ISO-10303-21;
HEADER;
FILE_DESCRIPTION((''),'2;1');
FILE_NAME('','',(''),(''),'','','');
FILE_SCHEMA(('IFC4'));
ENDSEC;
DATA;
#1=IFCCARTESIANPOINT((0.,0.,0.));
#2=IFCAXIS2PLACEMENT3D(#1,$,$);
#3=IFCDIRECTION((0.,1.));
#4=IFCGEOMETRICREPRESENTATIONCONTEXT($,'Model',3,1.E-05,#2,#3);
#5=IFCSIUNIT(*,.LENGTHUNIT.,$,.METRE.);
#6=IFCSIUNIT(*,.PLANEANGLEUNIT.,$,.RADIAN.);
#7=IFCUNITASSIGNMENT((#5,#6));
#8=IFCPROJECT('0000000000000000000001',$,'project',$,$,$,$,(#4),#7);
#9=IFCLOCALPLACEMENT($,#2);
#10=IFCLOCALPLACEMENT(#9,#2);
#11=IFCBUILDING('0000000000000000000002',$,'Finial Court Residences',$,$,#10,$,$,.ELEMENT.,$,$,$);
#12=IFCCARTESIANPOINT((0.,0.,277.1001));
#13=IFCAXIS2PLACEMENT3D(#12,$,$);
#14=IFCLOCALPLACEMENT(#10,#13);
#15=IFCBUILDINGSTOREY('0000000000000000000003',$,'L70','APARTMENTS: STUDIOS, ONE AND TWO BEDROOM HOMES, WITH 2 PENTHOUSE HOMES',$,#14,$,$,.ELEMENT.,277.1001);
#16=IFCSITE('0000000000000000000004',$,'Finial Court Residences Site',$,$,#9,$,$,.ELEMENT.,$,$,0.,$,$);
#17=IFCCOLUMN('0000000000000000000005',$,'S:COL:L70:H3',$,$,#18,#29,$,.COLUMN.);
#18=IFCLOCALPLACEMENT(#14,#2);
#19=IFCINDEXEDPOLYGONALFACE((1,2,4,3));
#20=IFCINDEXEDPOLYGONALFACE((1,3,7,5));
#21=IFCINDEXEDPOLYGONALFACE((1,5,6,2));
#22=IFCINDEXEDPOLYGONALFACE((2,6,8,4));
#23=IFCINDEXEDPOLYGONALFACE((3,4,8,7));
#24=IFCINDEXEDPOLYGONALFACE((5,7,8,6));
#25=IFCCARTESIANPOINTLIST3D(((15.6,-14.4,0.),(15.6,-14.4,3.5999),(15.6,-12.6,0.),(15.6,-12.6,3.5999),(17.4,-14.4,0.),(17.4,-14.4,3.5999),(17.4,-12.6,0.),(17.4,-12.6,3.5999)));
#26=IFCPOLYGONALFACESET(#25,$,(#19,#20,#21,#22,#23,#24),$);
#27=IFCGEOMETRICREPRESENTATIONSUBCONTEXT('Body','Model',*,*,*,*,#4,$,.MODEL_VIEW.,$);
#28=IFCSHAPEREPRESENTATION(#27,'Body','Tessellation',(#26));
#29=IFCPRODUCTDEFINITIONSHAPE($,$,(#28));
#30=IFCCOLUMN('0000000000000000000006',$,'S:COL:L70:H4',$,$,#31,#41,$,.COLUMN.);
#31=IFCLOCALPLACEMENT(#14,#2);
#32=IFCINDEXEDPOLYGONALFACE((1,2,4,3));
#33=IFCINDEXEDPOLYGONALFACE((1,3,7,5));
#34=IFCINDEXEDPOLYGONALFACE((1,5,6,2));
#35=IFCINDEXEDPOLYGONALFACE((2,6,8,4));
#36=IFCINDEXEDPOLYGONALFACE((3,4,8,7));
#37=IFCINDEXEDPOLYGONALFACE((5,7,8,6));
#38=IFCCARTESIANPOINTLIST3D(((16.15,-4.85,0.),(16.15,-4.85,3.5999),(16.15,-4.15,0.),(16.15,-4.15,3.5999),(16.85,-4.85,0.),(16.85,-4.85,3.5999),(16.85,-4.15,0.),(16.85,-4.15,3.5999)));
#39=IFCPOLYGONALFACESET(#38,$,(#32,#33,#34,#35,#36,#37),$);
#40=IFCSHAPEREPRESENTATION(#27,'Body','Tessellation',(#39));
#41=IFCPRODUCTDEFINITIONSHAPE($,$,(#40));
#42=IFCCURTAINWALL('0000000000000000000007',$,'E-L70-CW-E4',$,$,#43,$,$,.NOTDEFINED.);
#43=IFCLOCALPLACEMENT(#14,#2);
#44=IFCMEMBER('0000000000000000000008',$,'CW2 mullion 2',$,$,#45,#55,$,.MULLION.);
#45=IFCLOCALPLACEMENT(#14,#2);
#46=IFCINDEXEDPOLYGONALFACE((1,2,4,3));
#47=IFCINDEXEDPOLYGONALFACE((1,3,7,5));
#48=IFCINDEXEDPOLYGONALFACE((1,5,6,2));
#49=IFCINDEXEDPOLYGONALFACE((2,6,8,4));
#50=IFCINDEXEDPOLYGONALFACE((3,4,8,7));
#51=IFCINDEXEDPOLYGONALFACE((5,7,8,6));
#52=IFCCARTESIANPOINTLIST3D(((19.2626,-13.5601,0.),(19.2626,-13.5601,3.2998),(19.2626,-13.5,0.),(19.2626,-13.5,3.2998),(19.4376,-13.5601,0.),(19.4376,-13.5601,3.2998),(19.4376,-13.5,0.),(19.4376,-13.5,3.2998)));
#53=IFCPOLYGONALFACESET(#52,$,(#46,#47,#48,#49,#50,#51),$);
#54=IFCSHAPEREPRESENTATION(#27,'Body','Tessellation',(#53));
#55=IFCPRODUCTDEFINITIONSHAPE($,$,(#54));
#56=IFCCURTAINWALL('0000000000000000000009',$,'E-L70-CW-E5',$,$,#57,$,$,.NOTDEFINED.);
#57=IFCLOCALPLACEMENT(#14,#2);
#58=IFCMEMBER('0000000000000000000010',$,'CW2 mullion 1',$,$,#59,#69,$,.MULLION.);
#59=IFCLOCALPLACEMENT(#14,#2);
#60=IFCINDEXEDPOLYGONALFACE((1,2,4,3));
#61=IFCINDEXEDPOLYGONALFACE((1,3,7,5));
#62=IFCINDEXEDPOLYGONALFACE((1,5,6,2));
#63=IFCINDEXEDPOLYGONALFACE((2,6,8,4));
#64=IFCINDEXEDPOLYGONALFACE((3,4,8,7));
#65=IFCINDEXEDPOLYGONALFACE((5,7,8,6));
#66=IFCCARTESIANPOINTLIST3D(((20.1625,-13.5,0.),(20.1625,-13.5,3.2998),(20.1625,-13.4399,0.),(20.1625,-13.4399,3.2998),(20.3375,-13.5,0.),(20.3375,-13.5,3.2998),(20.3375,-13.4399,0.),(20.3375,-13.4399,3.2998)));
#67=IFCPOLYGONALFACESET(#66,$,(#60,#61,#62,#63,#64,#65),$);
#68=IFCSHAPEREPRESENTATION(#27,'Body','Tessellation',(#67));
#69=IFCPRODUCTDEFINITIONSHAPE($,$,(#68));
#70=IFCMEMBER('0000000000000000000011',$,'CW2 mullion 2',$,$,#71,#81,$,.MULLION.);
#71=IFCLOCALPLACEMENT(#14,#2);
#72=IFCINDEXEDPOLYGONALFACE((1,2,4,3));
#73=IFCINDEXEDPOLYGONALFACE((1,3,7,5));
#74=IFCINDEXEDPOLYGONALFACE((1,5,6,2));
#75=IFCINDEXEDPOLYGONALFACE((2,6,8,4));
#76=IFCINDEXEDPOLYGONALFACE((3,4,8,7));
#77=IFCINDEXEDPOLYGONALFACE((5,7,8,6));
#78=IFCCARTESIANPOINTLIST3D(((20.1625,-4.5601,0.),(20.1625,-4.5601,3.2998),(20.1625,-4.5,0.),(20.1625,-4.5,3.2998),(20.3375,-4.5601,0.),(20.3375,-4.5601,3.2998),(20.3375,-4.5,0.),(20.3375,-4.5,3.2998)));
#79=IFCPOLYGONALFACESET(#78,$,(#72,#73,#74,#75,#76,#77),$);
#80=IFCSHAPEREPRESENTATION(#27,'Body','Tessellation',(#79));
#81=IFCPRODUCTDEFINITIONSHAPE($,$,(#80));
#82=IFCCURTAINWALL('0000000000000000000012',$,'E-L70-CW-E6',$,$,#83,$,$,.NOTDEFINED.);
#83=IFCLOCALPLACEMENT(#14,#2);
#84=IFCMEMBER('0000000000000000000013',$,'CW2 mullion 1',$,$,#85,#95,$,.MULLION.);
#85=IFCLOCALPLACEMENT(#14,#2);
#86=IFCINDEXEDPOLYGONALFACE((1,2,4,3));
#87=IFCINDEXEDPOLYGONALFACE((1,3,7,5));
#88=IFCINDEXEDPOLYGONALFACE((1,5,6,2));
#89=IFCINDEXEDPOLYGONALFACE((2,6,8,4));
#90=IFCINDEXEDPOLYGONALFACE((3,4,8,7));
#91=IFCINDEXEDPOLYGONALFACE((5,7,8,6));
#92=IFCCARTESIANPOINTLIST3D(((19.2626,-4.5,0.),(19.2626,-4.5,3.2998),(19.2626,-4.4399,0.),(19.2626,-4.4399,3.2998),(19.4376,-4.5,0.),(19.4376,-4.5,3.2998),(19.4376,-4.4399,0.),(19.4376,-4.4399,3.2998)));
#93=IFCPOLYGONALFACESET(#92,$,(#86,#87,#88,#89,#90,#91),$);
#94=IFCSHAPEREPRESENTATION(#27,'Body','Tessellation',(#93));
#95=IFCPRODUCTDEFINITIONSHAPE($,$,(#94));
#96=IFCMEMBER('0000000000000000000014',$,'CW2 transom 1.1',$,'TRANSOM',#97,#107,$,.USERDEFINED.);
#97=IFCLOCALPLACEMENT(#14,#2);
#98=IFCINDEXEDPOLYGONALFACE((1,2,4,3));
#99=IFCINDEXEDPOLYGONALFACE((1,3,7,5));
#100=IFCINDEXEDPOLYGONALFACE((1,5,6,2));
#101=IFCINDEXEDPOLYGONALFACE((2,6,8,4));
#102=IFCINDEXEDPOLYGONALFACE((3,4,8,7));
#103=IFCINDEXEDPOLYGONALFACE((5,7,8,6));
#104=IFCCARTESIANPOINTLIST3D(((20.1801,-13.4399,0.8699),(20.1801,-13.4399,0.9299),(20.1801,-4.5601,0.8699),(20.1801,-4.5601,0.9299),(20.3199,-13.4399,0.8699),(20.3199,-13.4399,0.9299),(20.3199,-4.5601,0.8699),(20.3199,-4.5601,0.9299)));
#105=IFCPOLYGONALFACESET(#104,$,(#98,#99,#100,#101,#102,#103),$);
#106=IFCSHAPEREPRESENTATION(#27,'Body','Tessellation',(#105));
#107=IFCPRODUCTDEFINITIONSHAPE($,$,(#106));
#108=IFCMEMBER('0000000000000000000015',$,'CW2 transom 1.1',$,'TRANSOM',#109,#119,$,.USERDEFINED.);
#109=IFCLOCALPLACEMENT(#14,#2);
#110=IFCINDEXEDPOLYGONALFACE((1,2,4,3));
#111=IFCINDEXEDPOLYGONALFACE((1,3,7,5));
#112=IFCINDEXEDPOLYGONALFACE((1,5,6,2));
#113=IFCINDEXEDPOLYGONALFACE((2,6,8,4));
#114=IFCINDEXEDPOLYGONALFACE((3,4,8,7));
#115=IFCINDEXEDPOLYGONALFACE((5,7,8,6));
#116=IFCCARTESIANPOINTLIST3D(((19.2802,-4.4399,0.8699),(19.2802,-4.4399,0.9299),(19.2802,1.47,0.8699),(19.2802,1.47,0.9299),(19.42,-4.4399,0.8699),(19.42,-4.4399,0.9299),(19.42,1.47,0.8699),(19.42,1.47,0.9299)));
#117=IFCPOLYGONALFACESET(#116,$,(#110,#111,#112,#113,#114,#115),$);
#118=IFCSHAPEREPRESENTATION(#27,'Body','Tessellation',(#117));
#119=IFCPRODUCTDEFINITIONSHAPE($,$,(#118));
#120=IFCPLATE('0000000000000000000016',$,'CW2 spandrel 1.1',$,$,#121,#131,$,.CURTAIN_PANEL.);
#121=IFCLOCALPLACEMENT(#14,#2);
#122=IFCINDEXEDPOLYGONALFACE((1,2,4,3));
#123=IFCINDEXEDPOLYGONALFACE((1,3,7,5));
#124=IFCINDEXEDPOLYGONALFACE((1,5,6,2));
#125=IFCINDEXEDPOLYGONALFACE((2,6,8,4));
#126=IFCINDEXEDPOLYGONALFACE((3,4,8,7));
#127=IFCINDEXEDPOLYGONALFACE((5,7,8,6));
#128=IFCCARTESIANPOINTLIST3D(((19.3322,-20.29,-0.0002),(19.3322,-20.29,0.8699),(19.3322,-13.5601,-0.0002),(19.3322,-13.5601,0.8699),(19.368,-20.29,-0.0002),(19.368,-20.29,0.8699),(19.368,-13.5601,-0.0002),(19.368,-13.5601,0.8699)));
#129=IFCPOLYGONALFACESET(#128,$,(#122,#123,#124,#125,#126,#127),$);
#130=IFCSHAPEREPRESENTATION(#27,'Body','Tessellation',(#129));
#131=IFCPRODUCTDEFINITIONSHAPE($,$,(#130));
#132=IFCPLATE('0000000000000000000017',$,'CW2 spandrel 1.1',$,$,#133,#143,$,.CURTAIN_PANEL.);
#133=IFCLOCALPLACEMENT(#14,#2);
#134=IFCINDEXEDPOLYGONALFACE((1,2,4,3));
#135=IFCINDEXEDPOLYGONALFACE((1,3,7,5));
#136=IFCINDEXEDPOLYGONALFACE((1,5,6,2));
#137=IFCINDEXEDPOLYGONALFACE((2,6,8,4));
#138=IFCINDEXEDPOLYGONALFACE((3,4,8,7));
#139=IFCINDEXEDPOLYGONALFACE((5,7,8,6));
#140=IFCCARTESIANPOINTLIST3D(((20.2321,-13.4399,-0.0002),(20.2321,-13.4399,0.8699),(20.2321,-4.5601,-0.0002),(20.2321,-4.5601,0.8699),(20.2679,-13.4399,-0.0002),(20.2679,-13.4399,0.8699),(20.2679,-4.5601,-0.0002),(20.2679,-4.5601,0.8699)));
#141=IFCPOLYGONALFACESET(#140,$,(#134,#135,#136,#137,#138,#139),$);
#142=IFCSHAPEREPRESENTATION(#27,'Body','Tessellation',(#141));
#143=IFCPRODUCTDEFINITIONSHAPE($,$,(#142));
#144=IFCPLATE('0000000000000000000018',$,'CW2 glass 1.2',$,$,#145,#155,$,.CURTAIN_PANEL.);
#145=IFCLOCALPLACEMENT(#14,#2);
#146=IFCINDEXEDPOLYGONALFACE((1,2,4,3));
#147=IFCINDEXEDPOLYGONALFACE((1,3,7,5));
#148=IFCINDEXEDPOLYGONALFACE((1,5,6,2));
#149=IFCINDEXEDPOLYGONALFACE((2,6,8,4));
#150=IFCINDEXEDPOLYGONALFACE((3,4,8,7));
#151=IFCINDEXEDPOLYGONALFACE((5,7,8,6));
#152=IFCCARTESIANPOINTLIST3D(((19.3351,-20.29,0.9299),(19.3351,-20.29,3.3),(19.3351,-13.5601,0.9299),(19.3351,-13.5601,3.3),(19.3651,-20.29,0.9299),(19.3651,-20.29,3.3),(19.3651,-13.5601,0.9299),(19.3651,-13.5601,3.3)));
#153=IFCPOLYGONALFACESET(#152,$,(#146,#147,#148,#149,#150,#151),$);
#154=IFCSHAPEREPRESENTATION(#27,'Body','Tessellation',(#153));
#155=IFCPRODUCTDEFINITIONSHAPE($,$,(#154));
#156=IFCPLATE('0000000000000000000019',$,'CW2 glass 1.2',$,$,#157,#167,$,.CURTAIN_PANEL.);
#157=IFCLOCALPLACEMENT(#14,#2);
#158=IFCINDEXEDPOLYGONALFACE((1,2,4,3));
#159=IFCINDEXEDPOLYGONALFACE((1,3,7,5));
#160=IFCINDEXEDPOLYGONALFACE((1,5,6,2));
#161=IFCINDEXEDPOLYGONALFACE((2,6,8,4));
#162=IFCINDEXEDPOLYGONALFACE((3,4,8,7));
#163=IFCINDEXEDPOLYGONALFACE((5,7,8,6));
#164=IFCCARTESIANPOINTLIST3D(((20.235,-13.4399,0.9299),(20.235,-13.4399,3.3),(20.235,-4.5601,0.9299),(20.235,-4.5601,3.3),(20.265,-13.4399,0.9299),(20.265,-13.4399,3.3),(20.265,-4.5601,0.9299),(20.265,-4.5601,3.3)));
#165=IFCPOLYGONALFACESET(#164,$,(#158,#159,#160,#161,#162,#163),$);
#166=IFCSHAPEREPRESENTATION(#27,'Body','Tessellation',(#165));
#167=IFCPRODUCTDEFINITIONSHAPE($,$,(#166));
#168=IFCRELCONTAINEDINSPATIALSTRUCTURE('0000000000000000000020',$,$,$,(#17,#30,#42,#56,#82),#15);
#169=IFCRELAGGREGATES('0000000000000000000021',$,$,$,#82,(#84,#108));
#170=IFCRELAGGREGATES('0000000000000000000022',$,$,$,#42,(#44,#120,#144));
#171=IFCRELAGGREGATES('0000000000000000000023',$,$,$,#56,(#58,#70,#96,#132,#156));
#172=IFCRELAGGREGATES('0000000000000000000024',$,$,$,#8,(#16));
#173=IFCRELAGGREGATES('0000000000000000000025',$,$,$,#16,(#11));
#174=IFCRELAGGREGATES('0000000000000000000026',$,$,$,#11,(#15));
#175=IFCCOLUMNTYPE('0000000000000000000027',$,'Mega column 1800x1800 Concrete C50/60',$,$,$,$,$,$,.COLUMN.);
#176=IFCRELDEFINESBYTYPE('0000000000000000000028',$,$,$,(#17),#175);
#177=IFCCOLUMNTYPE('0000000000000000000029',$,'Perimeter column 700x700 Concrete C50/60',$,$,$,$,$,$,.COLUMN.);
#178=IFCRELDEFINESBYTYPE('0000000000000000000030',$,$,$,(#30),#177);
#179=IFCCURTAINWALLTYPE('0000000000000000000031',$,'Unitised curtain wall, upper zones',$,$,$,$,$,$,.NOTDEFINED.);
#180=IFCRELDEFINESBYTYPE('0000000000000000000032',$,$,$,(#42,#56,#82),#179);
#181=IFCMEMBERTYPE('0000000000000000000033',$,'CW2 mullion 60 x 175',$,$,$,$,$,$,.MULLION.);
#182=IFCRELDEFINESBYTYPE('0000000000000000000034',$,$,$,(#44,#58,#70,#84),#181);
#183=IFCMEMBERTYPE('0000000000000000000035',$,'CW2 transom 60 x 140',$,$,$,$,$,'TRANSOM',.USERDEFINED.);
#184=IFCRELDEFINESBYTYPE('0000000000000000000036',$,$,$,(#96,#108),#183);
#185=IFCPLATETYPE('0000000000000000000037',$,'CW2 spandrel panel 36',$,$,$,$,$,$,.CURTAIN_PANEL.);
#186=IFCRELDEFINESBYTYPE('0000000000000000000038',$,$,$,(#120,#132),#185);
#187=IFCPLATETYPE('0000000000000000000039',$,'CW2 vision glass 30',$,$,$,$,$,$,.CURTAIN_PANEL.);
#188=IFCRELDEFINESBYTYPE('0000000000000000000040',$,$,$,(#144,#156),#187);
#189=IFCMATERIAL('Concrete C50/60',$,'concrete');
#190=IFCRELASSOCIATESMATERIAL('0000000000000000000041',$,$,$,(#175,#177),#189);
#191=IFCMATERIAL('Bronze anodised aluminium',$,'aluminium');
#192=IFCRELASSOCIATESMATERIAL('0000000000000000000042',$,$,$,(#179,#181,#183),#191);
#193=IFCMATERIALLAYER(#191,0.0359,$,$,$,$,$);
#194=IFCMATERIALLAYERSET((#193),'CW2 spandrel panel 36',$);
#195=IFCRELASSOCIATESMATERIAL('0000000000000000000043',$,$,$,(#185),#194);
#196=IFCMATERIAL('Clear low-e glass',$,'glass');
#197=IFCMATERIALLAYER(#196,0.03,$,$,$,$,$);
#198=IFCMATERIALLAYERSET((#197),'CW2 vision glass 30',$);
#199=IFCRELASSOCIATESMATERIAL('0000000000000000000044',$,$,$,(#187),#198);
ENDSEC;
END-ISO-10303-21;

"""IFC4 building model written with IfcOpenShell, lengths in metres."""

from ifc_helpers import new_model, si_unit, direction, frame, origin, origin_2d, place, context, subcontext, project, spatial, rectangle, extrude, material, layer, layer_set, material_profile, profile_set, type_object, element, aggregate, save


model = new_model("IFC4")

# Units and contexts
model_context = context("Model", 3, precision=1e-05, world=origin(), true_north=direction((0.0, 1.0)))
body_context = subcontext(model_context, "Body", "Model", "MODEL_VIEW")
ifc_project = project(units=[si_unit("LENGTHUNIT", "METRE"), si_unit("PLANEANGLEUNIT", "RADIAN")], contexts=[model_context])

# Site, building, storey
site_placement = place(None, origin())
site = spatial("IfcSite", under=ifc_project, at=site_placement, Name="Finial Court Residences Site", CompositionType="ELEMENT", RefElevation=0.0)
building_placement = place(site_placement, origin())
building = spatial("IfcBuilding", under=site, at=building_placement, Name="Finial Court Residences", CompositionType="ELEMENT")
storey_placement = place(building_placement, frame((0.0, 0.0, 277.1001)))
storey = spatial("IfcBuildingStorey", under=building, at=storey_placement, Name="L70", Description="APARTMENTS: STUDIOS, ONE AND TWO BEDROOM HOMES, WITH 2 PENTHOUSE HOMES", CompositionType="ELEMENT", Elevation=277.1001)

# Columns
ifc_material_1 = material(Name="Concrete C50/60", Category="concrete")
ifc_material_profile_1 = material_profile(ifc_material_1, rectangle(XDim=1.8, YDim=1.8, at=origin_2d()), Name="1800x1800")
ifc_profile_set_1 = profile_set([ifc_material_profile_1], Name="Concrete C50/60")
column_type_1 = type_object("IfcColumnType", Name="Mega column 1800x1800 Concrete C50/60", PredefinedType="COLUMN", material=ifc_profile_set_1)
column_1_placement = place(storey_placement, frame((16.5, -13.5, 0.0), z_axis=(0.0, 0.0, 1.0), x_axis=(1.0, 0.0, 0.0)))
element("IfcColumn", 1, at=column_1_placement, inside=storey, type_object=column_type_1, Name="S:COL:L70:H3", PredefinedType="COLUMN", context=body_context, shape_type="SweptSolid", body=[
    extrude(rectangle(XDim=1.8, YDim=1.8, at=origin_2d()), origin(), (0.0, 0.0, 1.0), 3.5999),
])
ifc_material_profile_2 = material_profile(ifc_material_1, rectangle(XDim=0.7, YDim=0.7, at=origin_2d()), Name="700x700")
ifc_profile_set_2 = profile_set([ifc_material_profile_2], Name="Concrete C50/60")
column_type_2 = type_object("IfcColumnType", Name="Perimeter column 700x700 Concrete C50/60", PredefinedType="COLUMN", material=ifc_profile_set_2)
column_2_placement = place(storey_placement, frame((16.5, -4.5, 0.0), z_axis=(0.0, 0.0, 1.0), x_axis=(1.0, 0.0, 0.0)))
element("IfcColumn", 2, at=column_2_placement, inside=storey, type_object=column_type_2, Name="S:COL:L70:H4", PredefinedType="COLUMN", context=body_context, shape_type="SweptSolid", body=[
    extrude(rectangle(XDim=0.7, YDim=0.7, at=origin_2d()), origin(), (0.0, 0.0, 1.0), 3.5999),
])

# Curtain wall, member
ifc_material_2 = material(Name="Bronze anodised aluminium", Category="aluminium")
curtain_wall_type = type_object("IfcCurtainWallType", Name="Unitised curtain wall, upper zones", PredefinedType="NOTDEFINED", material=ifc_material_2)
curtain_wall_1_placement = place(storey_placement, origin())
curtain_wall_1 = element("IfcCurtainWall", 3, at=curtain_wall_1_placement, inside=storey, type_object=curtain_wall_type, Name="E-L70-CW-E4", PredefinedType="NOTDEFINED")
ifc_material_profile_3 = material_profile(ifc_material_2, rectangle(XDim=0.175, YDim=0.0601, at=origin_2d()), Name="CW2 mullion 60 x 175")
ifc_profile_set_3 = profile_set([ifc_material_profile_3], Name="Bronze anodised aluminium")
member_type_1 = type_object("IfcMemberType", Name="CW2 mullion 60 x 175", PredefinedType="MULLION", material=ifc_profile_set_3)
member_1_placement = place(storey_placement, frame((19.3501, -13.53, 0.0), z_axis=(0.0, 0.0, 1.0), x_axis=(-1.0, 0.0, 0.0)))
member_1 = element("IfcMember", 4, at=member_1_placement, type_object=member_type_1, Name="CW2 mullion 2", PredefinedType="MULLION", context=body_context, shape_type="SweptSolid", body=[
    extrude(rectangle(XDim=0.175, YDim=0.0601, at=origin_2d()), origin(), (0.0, 0.0, 1.0), 3.2998),
])

# Curtain wall, members
curtain_wall_2_placement = place(storey_placement, origin())
curtain_wall_2 = element("IfcCurtainWall", 5, at=curtain_wall_2_placement, inside=storey, type_object=curtain_wall_type, Name="E-L70-CW-E5", PredefinedType="NOTDEFINED")
member_2_placement = place(storey_placement, frame((20.25, -13.47, 0.0), z_axis=(0.0, 0.0, 1.0), x_axis=(-1.0, 0.0, 0.0)))
member_2 = element("IfcMember", 6, at=member_2_placement, type_object=member_type_1, Name="CW2 mullion 1", PredefinedType="MULLION", context=body_context, shape_type="SweptSolid", body=[
    extrude(rectangle(XDim=0.175, YDim=0.0601, at=origin_2d()), origin(), (0.0, 0.0, 1.0), 3.2998),
])
member_3_placement = place(storey_placement, frame((20.25, -4.53, 0.0), z_axis=(0.0, 0.0, 1.0), x_axis=(-1.0, 0.0, 0.0)))
member_3 = element("IfcMember", 7, at=member_3_placement, type_object=member_type_1, Name="CW2 mullion 2", PredefinedType="MULLION", context=body_context, shape_type="SweptSolid", body=[
    extrude(rectangle(XDim=0.175, YDim=0.0601, at=origin_2d()), origin(), (0.0, 0.0, 1.0), 3.2998),
])

# Curtain wall, member
curtain_wall_3_placement = place(storey_placement, origin())
curtain_wall_3 = element("IfcCurtainWall", 8, at=curtain_wall_3_placement, inside=storey, type_object=curtain_wall_type, Name="E-L70-CW-E6", PredefinedType="NOTDEFINED")
member_4_placement = place(storey_placement, frame((19.3501, -4.47, 0.0), z_axis=(0.0, 0.0, 1.0), x_axis=(-1.0, 0.0, 0.0)))
member_4 = element("IfcMember", 9, at=member_4_placement, type_object=member_type_1, Name="CW2 mullion 1", PredefinedType="MULLION", context=body_context, shape_type="SweptSolid", body=[
    extrude(rectangle(XDim=0.175, YDim=0.0601, at=origin_2d()), origin(), (0.0, 0.0, 1.0), 3.2998),
])

# Members
ifc_material_profile_4 = material_profile(ifc_material_2, rectangle(XDim=0.1399, YDim=0.0601, at=origin_2d()), Name="CW2 transom 60 x 140")
ifc_profile_set_4 = profile_set([ifc_material_profile_4], Name="Bronze anodised aluminium")
member_type_2 = type_object("IfcMemberType", Name="CW2 transom 60 x 140", ElementType="TRANSOM", PredefinedType="USERDEFINED", material=ifc_profile_set_4)
member_5_placement = place(storey_placement, frame((20.25, -13.4399, 0.8999), z_axis=(0.0, 1.0, 0.0), x_axis=(-1.0, 0.0, 0.0)))
member_5 = element("IfcMember", 10, at=member_5_placement, type_object=member_type_2, Name="CW2 transom 1.1", ObjectType="TRANSOM", PredefinedType="USERDEFINED", context=body_context, shape_type="SweptSolid", body=[
    extrude(rectangle(XDim=0.1399, YDim=0.0601, at=origin_2d()), origin(), (0.0, 0.0, 1.0), 8.8799),
])
member_6_placement = place(storey_placement, frame((19.3501, -4.4399, 0.8999), z_axis=(0.0, 1.0, 0.0), x_axis=(-1.0, 0.0, 0.0)))
member_6 = element("IfcMember", 11, at=member_6_placement, type_object=member_type_2, Name="CW2 transom 1.1", ObjectType="TRANSOM", PredefinedType="USERDEFINED", context=body_context, shape_type="SweptSolid", body=[
    extrude(rectangle(XDim=0.1399, YDim=0.0601, at=origin_2d()), origin(), (0.0, 0.0, 1.0), 5.9099),
])
aggregate(curtain_wall_3, [member_4, member_6])

# Plates
ifc_layer_1 = layer(ifc_material_2, 0.0359)
ifc_layer_set_1 = layer_set([ifc_layer_1], Name="CW2 spandrel panel 36")
plate_type_1 = type_object("IfcPlateType", Name="CW2 spandrel panel 36", PredefinedType="CURTAIN_PANEL", material=ifc_layer_set_1)
plate_1_placement = place(storey_placement, frame((19.3501, -16.925, -0.0002), z_axis=(0.0, 0.0, 1.0), x_axis=(0.0, 1.0, 0.0)))
plate_1 = element("IfcPlate", 12, at=plate_1_placement, type_object=plate_type_1, Name="CW2 spandrel 1.1", PredefinedType="CURTAIN_PANEL", context=body_context, shape_type="SweptSolid", body=[
    extrude(rectangle(XDim=6.73, YDim=0.0359, at=origin_2d()), origin(), (0.0, 0.0, 1.0), 0.8701),
])
plate_2_placement = place(storey_placement, frame((20.25, -9.0, -0.0002), z_axis=(0.0, 0.0, 1.0), x_axis=(0.0, 1.0, 0.0)))
plate_2 = element("IfcPlate", 13, at=plate_2_placement, type_object=plate_type_1, Name="CW2 spandrel 1.1", PredefinedType="CURTAIN_PANEL", context=body_context, shape_type="SweptSolid", body=[
    extrude(rectangle(XDim=8.8799, YDim=0.0359, at=origin_2d()), origin(), (0.0, 0.0, 1.0), 0.8701),
])
ifc_material_3 = material(Name="Clear low-e glass", Category="glass")
ifc_layer_2 = layer(ifc_material_3, 0.03)
ifc_layer_set_2 = layer_set([ifc_layer_2], Name="CW2 vision glass 30")
plate_type_2 = type_object("IfcPlateType", Name="CW2 vision glass 30", PredefinedType="CURTAIN_PANEL", material=ifc_layer_set_2)
plate_3_placement = place(storey_placement, frame((19.3501, -16.925, 0.9299), z_axis=(0.0, 0.0, 1.0), x_axis=(0.0, 1.0, 0.0)))
plate_3 = element("IfcPlate", 14, at=plate_3_placement, type_object=plate_type_2, Name="CW2 glass 1.2", PredefinedType="CURTAIN_PANEL", context=body_context, shape_type="SweptSolid", body=[
    extrude(rectangle(XDim=6.73, YDim=0.03, at=origin_2d()), origin(), (0.0, 0.0, 1.0), 2.3701),
])
aggregate(curtain_wall_1, [member_1, plate_1, plate_3])
plate_4_placement = place(storey_placement, frame((20.25, -9.0, 0.9299), z_axis=(0.0, 0.0, 1.0), x_axis=(0.0, 1.0, 0.0)))
plate_4 = element("IfcPlate", 15, at=plate_4_placement, type_object=plate_type_2, Name="CW2 glass 1.2", PredefinedType="CURTAIN_PANEL", context=body_context, shape_type="SweptSolid", body=[
    extrude(rectangle(XDim=8.8799, YDim=0.03, at=origin_2d()), origin(), (0.0, 0.0, 1.0), 2.3701),
])
aggregate(curtain_wall_2, [member_2, member_3, member_5, plate_2, plate_4])

save(model, "model.ifc")
